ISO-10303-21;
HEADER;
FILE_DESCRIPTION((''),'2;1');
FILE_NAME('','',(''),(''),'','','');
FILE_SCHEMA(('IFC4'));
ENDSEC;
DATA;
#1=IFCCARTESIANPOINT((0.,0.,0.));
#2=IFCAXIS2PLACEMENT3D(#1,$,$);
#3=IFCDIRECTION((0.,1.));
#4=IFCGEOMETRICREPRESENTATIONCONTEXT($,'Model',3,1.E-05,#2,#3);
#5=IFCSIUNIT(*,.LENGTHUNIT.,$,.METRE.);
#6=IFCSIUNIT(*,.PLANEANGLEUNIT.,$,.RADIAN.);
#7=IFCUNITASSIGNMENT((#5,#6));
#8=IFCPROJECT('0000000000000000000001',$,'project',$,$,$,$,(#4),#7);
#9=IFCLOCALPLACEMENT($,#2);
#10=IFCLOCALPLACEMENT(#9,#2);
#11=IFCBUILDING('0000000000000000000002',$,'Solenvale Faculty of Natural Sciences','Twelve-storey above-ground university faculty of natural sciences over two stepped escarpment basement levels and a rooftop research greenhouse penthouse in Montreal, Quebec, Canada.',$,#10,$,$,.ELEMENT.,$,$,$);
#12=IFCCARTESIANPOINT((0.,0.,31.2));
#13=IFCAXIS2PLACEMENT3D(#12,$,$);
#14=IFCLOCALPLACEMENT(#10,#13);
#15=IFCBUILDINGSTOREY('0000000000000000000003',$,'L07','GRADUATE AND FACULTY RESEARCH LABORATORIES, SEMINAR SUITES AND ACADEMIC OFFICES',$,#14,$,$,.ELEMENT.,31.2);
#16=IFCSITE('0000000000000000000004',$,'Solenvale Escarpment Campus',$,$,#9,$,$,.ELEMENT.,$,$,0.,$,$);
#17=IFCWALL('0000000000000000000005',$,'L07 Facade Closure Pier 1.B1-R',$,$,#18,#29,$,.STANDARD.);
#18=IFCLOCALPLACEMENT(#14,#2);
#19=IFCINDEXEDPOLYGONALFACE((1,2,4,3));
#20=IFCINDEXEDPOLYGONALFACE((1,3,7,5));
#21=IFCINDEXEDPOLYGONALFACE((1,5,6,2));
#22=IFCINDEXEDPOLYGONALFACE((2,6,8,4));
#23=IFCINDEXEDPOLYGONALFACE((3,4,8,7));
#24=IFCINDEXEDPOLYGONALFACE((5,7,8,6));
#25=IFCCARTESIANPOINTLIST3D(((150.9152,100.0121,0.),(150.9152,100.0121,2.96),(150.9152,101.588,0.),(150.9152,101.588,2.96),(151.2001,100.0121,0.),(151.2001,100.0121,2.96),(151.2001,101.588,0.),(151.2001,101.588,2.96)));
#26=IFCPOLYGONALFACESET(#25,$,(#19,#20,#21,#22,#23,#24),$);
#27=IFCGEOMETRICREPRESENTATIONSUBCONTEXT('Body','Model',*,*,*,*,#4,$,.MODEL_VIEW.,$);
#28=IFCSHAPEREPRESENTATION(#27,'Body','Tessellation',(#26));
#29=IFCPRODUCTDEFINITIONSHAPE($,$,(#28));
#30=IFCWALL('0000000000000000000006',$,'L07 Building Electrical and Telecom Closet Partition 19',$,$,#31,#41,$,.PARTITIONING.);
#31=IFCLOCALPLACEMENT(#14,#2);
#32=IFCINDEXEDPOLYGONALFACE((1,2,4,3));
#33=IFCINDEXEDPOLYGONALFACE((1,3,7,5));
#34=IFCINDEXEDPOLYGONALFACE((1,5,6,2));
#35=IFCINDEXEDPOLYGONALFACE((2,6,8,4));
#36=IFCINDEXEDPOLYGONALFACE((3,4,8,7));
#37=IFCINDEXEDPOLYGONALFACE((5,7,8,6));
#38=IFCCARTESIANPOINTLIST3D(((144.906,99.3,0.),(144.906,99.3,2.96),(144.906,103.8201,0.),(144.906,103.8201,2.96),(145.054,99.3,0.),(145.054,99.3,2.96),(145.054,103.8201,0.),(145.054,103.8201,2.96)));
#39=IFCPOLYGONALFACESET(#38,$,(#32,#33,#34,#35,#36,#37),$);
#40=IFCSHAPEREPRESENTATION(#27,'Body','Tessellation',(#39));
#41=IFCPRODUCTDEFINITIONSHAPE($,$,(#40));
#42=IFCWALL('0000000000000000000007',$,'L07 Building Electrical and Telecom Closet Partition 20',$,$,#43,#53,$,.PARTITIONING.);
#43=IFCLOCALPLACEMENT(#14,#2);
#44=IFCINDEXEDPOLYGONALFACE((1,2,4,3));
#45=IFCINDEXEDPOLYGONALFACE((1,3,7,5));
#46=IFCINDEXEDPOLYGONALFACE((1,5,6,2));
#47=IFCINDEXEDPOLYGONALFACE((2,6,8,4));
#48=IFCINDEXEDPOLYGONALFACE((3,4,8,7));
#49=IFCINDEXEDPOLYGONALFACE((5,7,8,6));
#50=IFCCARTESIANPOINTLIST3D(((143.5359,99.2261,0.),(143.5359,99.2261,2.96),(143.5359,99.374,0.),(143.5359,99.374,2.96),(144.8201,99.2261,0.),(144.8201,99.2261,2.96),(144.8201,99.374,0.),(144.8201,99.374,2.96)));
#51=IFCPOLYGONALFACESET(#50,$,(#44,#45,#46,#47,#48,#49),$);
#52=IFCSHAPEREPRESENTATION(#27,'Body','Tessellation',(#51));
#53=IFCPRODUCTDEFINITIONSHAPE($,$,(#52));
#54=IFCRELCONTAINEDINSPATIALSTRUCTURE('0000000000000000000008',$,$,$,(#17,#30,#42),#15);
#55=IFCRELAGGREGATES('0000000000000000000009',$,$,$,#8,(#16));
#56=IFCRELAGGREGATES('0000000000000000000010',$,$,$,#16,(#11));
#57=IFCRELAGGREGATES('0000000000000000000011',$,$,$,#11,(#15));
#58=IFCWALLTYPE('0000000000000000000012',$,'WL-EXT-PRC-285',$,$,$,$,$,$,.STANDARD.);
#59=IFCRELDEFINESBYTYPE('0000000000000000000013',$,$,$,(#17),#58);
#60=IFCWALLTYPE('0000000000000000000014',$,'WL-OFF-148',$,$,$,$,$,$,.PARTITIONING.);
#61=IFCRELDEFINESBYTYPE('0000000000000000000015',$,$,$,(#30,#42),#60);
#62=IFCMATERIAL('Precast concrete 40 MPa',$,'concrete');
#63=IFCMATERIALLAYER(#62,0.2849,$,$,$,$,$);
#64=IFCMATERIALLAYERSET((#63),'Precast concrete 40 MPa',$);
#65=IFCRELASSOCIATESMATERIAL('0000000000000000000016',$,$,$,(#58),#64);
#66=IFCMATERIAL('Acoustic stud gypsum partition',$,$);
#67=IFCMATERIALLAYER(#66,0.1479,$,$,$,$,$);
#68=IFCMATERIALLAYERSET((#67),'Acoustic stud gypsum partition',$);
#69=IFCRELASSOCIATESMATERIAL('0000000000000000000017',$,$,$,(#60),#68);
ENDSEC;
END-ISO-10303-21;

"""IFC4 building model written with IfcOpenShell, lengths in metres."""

from ifc_helpers import new_model, si_unit, direction, frame, frame_2d, origin, place, context, subcontext, project, spatial, rectangle, extrude, material, layer, layer_set, type_object, element, save


model = new_model("IFC4")

# Units and contexts
model_context = context("Model", 3, precision=1e-05, world=origin(), true_north=direction((0.0, 1.0)))
body_context = subcontext(model_context, "Body", "Model", "MODEL_VIEW")
ifc_project = project(units=[si_unit("LENGTHUNIT", "METRE"), si_unit("PLANEANGLEUNIT", "RADIAN")], contexts=[model_context])

# Site, building, storey
site_placement = place(None, origin())
site = spatial("IfcSite", under=ifc_project, at=site_placement, Name="Solenvale Escarpment Campus", CompositionType="ELEMENT", RefElevation=0.0)
building_placement = place(site_placement, origin())
building = spatial("IfcBuilding", under=site, at=building_placement, Name="Solenvale Faculty of Natural Sciences", Description="Twelve-storey above-ground university faculty of natural sciences over two stepped escarpment basement levels and a rooftop research greenhouse penthouse in Montreal, Quebec, Canada.", CompositionType="ELEMENT")
storey_placement = place(building_placement, frame((0.0, 0.0, 31.2)))
storey = spatial("IfcBuildingStorey", under=building, at=storey_placement, Name="L07", Description="GRADUATE AND FACULTY RESEARCH LABORATORIES, SEMINAR SUITES AND ACADEMIC OFFICES", CompositionType="ELEMENT", Elevation=31.2)

# Walls
ifc_material_1 = material(Name="Precast concrete 40 MPa", Category="concrete")
ifc_layer_1 = layer(ifc_material_1, 0.2849)
ifc_layer_set_1 = layer_set([ifc_layer_1], Name="Precast concrete 40 MPa")
wall_type_1 = type_object("IfcWallType", Name="WL-EXT-PRC-285", PredefinedType="STANDARD", material=ifc_layer_set_1)
wall_1_placement = place(storey_placement, frame((151.0576, 100.012, 0.0), z_axis=(0.0, 0.0, 1.0), x_axis=(0.0, 1.0, 0.0)))
element("IfcWall", 1, at=wall_1_placement, inside=storey, type_object=wall_type_1, Name="L07 Facade Closure Pier 1.B1-R", PredefinedType="STANDARD", context=body_context, shape_type="SweptSolid", body=[
    extrude(rectangle(XDim=1.5759, YDim=0.2849, at=frame_2d((0.7881, 0.0))), origin(), (0.0, 0.0, 1.0), 2.96),
])
ifc_material_2 = material(Name="Acoustic stud gypsum partition")
ifc_layer_2 = layer(ifc_material_2, 0.1479)
ifc_layer_set_2 = layer_set([ifc_layer_2], Name="Acoustic stud gypsum partition")
wall_type_2 = type_object("IfcWallType", Name="WL-OFF-148", PredefinedType="PARTITIONING", material=ifc_layer_set_2)
wall_2_placement = place(storey_placement, frame((144.98, 103.8201, 0.0), z_axis=(0.0, 0.0, 1.0), x_axis=(0.0, -1.0, 0.0)))
element("IfcWall", 2, at=wall_2_placement, inside=storey, type_object=wall_type_2, Name="L07 Building Electrical and Telecom Closet Partition 19", PredefinedType="PARTITIONING", context=body_context, shape_type="SweptSolid", body=[
    extrude(rectangle(XDim=4.52, YDim=0.1479, at=frame_2d((2.26, 0.0))), origin(), (0.0, 0.0, 1.0), 2.96),
])
wall_3_placement = place(storey_placement, frame((144.8201, 99.3, 0.0), z_axis=(0.0, 0.0, 1.0), x_axis=(-1.0, 0.0, 0.0)))
element("IfcWall", 3, at=wall_3_placement, inside=storey, type_object=wall_type_2, Name="L07 Building Electrical and Telecom Closet Partition 20", PredefinedType="PARTITIONING", context=body_context, shape_type="SweptSolid", body=[
    extrude(rectangle(XDim=1.2842, YDim=0.1479, at=frame_2d((0.6421, 0.0))), origin(), (0.0, 0.0, 1.0), 2.96),
])

save(model, "model.ifc")
